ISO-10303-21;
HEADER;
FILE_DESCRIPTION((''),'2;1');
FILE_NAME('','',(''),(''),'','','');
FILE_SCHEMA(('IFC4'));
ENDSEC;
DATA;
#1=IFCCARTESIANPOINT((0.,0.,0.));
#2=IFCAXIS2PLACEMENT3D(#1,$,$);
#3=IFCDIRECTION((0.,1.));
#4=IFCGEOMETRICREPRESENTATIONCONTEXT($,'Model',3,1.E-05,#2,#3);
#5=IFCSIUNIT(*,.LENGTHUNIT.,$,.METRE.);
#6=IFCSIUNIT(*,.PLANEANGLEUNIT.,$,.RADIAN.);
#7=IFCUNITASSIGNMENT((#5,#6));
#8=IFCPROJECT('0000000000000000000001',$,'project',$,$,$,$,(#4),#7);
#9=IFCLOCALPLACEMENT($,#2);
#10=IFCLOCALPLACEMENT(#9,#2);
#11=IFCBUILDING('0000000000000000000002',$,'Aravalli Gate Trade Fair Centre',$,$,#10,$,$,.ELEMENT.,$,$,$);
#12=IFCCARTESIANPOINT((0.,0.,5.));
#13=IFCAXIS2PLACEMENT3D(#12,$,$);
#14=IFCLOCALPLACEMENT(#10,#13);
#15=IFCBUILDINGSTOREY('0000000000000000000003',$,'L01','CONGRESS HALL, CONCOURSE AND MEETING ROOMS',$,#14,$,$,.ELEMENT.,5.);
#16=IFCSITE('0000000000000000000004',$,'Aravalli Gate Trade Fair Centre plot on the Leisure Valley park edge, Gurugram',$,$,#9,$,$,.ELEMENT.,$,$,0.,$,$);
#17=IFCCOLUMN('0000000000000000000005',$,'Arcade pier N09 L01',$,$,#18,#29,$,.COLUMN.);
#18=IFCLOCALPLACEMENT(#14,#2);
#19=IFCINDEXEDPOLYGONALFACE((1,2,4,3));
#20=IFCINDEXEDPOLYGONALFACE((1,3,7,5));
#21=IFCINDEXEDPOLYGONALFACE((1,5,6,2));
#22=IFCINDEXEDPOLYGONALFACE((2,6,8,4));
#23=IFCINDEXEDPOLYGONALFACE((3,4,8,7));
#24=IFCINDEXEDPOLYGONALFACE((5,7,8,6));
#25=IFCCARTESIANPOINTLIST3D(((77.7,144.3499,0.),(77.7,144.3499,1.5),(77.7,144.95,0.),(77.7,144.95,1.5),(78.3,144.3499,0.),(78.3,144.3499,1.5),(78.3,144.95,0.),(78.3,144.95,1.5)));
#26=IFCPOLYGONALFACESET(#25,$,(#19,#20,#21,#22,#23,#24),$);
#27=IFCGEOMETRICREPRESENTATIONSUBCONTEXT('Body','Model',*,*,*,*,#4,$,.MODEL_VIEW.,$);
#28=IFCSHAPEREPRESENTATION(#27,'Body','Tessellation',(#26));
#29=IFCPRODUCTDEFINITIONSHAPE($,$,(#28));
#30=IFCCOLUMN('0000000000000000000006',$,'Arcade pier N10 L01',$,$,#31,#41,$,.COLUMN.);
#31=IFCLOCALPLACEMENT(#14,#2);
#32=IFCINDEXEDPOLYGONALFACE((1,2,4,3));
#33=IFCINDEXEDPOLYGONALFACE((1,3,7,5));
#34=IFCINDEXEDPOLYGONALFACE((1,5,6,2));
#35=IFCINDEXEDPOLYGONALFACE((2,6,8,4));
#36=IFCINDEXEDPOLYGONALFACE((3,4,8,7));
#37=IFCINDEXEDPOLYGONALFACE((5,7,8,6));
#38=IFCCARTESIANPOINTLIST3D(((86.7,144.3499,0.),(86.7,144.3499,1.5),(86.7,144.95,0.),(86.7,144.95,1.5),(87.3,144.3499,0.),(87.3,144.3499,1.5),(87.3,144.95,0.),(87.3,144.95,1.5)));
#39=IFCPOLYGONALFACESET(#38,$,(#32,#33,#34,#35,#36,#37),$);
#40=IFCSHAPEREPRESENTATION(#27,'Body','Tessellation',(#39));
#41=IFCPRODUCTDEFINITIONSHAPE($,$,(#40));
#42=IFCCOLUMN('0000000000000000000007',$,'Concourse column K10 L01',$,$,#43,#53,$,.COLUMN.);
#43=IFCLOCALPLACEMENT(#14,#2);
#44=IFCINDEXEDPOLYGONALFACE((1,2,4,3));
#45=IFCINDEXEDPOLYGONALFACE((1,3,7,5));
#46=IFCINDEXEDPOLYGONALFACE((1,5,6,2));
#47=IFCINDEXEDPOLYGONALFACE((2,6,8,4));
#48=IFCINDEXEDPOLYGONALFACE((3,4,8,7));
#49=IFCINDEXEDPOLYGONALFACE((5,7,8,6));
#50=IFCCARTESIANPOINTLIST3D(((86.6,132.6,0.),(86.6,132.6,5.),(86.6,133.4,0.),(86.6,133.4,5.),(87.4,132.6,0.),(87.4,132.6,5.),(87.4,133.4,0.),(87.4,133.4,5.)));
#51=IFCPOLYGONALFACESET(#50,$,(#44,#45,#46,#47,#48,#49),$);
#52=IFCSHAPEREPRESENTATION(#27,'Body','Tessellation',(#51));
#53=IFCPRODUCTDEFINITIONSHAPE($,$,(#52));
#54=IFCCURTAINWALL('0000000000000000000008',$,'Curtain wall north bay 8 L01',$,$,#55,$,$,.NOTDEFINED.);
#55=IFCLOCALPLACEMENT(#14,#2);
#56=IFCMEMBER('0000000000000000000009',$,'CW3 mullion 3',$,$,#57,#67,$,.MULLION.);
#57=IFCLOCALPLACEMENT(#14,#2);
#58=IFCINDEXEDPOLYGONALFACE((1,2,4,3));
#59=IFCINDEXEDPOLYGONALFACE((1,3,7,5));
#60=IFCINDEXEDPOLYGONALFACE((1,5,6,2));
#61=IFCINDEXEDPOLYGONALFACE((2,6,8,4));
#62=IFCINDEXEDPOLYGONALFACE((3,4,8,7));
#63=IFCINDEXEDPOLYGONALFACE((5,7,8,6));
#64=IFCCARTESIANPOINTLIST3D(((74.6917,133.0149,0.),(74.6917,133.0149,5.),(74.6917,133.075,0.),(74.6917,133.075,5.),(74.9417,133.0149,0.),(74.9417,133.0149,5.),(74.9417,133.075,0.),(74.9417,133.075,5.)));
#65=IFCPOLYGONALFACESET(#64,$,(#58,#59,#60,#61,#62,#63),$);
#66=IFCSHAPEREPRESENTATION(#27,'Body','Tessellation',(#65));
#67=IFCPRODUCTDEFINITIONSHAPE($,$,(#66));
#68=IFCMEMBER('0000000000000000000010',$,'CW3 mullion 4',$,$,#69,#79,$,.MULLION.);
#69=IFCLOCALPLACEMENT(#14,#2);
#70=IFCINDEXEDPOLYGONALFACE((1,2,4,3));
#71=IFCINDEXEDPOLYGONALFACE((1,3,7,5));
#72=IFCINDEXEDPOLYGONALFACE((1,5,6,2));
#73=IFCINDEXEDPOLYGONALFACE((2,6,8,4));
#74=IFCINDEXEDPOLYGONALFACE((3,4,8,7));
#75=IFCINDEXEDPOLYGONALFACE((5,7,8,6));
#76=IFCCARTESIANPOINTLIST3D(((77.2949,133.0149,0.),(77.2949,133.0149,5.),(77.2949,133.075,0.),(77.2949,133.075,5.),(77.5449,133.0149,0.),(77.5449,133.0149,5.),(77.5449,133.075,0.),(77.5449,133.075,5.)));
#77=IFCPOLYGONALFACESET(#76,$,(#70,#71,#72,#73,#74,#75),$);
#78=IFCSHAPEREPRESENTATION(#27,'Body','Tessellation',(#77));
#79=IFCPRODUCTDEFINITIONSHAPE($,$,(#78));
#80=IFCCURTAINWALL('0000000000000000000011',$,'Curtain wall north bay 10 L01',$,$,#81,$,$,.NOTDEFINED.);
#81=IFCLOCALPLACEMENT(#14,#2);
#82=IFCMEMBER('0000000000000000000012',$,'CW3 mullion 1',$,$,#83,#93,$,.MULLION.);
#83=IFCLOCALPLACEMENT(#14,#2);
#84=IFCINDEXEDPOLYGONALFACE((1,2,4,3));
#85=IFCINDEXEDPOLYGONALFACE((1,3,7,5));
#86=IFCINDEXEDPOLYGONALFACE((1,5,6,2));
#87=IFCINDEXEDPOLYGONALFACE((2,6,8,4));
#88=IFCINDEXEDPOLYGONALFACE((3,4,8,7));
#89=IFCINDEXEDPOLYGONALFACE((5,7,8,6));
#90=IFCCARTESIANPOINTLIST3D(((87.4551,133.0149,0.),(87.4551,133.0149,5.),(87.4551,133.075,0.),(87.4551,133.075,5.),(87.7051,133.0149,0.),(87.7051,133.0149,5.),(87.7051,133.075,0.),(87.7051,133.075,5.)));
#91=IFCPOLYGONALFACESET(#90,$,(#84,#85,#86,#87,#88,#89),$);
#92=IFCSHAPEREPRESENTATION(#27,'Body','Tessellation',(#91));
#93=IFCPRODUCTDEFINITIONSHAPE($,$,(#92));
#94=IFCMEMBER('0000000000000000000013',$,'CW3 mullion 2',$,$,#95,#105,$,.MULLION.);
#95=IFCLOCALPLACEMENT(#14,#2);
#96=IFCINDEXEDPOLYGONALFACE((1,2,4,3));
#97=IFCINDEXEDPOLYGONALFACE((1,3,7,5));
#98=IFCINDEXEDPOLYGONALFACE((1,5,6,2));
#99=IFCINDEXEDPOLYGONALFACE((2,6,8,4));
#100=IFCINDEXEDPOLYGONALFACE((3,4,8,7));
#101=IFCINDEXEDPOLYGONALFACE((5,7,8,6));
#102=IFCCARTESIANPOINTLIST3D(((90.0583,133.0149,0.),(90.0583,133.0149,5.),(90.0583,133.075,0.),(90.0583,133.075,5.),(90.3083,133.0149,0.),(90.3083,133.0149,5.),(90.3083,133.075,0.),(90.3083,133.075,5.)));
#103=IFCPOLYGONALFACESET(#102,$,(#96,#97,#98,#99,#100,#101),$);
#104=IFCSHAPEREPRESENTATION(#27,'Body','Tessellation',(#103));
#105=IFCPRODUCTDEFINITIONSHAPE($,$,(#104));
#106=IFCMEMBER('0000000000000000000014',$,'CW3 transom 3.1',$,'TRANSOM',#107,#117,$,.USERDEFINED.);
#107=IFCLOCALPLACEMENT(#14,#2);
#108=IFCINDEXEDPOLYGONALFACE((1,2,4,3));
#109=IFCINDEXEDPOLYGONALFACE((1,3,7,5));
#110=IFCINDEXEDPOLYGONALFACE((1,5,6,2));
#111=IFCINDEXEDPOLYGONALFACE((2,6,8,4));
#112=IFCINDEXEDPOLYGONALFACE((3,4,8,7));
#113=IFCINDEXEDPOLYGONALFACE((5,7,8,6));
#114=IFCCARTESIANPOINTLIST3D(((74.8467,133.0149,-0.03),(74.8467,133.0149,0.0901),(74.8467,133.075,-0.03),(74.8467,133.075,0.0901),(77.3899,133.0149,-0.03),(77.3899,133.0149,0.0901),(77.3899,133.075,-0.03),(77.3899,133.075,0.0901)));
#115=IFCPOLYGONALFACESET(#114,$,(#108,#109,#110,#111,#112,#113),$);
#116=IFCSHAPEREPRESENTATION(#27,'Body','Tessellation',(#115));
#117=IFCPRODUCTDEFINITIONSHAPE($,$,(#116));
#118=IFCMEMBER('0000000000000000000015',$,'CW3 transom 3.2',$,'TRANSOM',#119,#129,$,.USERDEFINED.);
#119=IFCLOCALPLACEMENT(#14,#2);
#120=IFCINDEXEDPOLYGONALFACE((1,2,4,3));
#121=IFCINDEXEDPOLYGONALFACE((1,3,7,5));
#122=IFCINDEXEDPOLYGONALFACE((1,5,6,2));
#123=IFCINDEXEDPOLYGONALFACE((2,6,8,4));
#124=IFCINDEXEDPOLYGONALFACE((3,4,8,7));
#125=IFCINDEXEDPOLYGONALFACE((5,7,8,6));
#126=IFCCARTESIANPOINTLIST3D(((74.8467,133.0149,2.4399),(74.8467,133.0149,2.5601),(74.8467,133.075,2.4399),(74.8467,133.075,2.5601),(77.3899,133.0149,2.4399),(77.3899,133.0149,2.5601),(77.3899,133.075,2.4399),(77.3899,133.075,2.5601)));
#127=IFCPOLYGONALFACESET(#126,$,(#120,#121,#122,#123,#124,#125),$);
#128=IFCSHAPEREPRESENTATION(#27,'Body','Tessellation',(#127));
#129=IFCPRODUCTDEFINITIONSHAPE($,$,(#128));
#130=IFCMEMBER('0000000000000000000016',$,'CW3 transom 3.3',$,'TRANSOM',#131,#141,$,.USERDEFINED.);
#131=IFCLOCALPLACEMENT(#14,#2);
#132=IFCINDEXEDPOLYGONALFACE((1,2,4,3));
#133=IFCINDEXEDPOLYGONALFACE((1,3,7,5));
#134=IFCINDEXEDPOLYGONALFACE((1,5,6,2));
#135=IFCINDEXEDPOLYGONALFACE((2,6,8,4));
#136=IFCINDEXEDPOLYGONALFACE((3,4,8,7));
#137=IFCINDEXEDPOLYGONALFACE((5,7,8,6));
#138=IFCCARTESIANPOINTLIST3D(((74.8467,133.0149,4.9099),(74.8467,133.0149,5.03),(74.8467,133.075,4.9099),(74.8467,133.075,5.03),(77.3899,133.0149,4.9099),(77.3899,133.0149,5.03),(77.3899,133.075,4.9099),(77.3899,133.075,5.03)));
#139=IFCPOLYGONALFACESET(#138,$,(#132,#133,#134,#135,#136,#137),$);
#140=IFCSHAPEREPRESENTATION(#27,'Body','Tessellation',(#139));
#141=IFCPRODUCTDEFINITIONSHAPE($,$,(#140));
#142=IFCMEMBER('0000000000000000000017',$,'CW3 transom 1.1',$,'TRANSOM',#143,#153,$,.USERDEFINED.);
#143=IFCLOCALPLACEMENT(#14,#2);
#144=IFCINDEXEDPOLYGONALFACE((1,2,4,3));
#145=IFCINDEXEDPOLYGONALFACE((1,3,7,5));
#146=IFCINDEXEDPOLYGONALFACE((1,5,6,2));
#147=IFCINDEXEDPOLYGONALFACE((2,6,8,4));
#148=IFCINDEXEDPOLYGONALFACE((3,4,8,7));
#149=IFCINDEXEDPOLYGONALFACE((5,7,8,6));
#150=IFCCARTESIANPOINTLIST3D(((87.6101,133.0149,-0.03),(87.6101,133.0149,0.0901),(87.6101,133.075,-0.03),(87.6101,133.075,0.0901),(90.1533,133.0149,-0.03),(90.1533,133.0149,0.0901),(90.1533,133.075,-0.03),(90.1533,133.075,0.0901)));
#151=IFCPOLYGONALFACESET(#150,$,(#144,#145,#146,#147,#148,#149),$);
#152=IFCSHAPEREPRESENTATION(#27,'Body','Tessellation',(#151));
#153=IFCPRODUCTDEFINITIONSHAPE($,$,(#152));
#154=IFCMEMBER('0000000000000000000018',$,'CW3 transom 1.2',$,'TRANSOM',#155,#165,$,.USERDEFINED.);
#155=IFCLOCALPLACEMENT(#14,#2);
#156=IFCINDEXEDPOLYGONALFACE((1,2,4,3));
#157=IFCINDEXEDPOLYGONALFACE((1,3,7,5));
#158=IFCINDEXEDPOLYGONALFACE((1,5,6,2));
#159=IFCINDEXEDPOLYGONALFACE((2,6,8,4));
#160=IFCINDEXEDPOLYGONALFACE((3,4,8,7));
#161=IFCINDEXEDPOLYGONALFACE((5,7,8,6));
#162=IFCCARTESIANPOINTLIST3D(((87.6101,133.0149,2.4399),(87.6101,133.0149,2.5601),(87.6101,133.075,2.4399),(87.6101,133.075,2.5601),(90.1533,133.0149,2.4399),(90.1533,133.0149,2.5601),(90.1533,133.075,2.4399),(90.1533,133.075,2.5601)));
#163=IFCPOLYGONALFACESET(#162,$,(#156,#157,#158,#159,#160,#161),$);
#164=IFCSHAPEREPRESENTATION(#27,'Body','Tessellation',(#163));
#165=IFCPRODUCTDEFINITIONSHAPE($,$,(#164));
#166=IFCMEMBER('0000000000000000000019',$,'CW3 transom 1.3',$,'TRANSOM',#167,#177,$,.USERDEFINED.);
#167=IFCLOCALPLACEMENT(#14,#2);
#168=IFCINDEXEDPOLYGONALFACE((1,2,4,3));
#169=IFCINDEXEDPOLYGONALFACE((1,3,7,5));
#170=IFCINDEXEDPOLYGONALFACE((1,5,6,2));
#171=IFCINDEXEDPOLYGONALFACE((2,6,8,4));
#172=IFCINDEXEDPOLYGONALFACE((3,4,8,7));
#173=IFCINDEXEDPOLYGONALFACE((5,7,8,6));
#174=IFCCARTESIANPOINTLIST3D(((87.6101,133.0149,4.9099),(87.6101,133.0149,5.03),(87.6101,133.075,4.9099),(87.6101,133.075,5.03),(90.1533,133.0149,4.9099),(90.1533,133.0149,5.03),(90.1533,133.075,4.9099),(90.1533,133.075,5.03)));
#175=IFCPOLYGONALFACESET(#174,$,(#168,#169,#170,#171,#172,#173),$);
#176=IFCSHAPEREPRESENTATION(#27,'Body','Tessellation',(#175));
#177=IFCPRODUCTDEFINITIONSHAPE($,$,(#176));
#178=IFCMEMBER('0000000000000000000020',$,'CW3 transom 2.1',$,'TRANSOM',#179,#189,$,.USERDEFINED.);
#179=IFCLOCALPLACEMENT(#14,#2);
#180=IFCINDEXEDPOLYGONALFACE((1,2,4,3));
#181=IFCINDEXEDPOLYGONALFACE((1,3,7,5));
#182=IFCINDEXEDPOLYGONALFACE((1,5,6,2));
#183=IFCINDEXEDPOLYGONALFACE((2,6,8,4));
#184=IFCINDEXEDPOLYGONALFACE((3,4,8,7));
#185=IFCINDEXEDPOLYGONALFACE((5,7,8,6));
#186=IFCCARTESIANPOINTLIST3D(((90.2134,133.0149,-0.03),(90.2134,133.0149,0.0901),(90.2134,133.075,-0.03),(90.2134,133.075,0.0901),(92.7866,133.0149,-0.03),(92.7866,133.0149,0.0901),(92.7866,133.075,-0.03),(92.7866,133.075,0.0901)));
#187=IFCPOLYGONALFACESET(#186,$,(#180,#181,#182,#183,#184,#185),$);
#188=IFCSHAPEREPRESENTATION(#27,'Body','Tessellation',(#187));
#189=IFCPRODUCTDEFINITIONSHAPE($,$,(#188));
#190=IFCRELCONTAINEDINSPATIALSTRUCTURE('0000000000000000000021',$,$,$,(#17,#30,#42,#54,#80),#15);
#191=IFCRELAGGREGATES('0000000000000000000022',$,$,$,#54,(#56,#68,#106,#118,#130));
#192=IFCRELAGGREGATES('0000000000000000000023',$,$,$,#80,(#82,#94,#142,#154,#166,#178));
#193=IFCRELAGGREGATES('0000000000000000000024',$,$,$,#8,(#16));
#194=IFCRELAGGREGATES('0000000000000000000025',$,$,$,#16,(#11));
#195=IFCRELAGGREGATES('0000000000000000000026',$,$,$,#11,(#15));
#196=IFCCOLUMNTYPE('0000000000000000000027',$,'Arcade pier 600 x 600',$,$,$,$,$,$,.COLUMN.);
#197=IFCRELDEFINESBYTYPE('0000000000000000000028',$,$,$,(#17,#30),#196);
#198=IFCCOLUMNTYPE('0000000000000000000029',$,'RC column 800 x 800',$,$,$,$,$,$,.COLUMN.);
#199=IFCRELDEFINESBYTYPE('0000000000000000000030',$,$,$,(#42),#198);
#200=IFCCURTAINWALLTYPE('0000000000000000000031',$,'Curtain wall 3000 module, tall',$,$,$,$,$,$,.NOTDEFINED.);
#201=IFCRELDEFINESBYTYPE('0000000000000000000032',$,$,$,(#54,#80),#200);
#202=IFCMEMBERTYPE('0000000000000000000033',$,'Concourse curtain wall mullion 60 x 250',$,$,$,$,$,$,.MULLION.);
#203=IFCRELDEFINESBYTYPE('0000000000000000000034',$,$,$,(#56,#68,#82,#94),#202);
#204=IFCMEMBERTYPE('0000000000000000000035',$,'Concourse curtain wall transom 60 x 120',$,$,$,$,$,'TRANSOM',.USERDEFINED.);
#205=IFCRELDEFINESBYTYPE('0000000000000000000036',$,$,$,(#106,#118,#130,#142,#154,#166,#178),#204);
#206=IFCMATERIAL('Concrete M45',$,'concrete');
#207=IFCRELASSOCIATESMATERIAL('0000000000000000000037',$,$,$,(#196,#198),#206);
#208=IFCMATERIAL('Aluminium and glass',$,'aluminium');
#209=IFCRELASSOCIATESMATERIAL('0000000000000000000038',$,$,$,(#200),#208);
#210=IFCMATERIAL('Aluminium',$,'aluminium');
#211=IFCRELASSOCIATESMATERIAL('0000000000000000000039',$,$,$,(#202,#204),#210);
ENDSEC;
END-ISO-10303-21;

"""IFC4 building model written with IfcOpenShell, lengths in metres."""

from ifc_helpers import new_model, si_unit, direction, frame, origin, origin_2d, place, context, subcontext, project, spatial, rectangle, extrude, material, material_profile, profile_set, type_object, element, aggregate, save


model = new_model("IFC4")

# Units and contexts
model_context = context("Model", 3, precision=1e-05, world=origin(), true_north=direction((0.0, 1.0)))
body_context = subcontext(model_context, "Body", "Model", "MODEL_VIEW")
ifc_project = project(units=[si_unit("LENGTHUNIT", "METRE"), si_unit("PLANEANGLEUNIT", "RADIAN")], contexts=[model_context])

# Site, building, storey
site_placement = place(None, origin())
site = spatial("IfcSite", under=ifc_project, at=site_placement, Name="Aravalli Gate Trade Fair Centre plot on the Leisure Valley park edge, Gurugram", CompositionType="ELEMENT", RefElevation=0.0)
building_placement = place(site_placement, origin())
building = spatial("IfcBuilding", under=site, at=building_placement, Name="Aravalli Gate Trade Fair Centre", CompositionType="ELEMENT")
storey_placement = place(building_placement, frame((0.0, 0.0, 5.0)))
storey = spatial("IfcBuildingStorey", under=building, at=storey_placement, Name="L01", Description="CONGRESS HALL, CONCOURSE AND MEETING ROOMS", CompositionType="ELEMENT", Elevation=5.0)

# Columns
ifc_material_1 = material(Name="Concrete M45", Category="concrete")
ifc_material_profile_1 = material_profile(ifc_material_1, rectangle(XDim=0.6001, YDim=0.6001, at=origin_2d()), Name="Arcade pier 600 x 600")
ifc_profile_set_1 = profile_set([ifc_material_profile_1], Name="Concrete M45")
column_type_1 = type_object("IfcColumnType", Name="Arcade pier 600 x 600", PredefinedType="COLUMN", material=ifc_profile_set_1)
for number, where, z_axis, x_axis, name in (
    (1, (78.0, 144.6499, 0.0), (0.0, 0.0, 1.0), (1.0, 0.0, 0.0), "Arcade pier N09 L01"),
    (2, (87.0, 144.6499, 0.0), (0.0, 0.0, 1.0), (1.0, 0.0, 0.0), "Arcade pier N10 L01"),
):
    element("IfcColumn", number, at=place(storey_placement, frame(where, z_axis=z_axis, x_axis=x_axis)), inside=storey, type_object=column_type_1, Name=name, PredefinedType="COLUMN", context=body_context, shape_type="SweptSolid", body=[
        extrude(rectangle(XDim=0.6001, YDim=0.6001, at=origin_2d()), origin(), (0.0, 0.0, 1.0), 1.5),
    ])
ifc_material_profile_2 = material_profile(ifc_material_1, rectangle(XDim=0.8, YDim=0.8, at=origin_2d()), Name="RC column 800 x 800")
ifc_profile_set_2 = profile_set([ifc_material_profile_2], Name="Concrete M45")
column_type_2 = type_object("IfcColumnType", Name="RC column 800 x 800", PredefinedType="COLUMN", material=ifc_profile_set_2)
column_placement = place(storey_placement, frame((87.0, 133.0, 0.0), z_axis=(0.0, 0.0, 1.0), x_axis=(1.0, 0.0, 0.0)))
element("IfcColumn", 3, at=column_placement, inside=storey, type_object=column_type_2, Name="Concourse column K10 L01", PredefinedType="COLUMN", context=body_context, shape_type="SweptSolid", body=[
    extrude(rectangle(XDim=0.8, YDim=0.8, at=origin_2d()), origin(), (0.0, 0.0, 1.0), 5.0),
])

# Curtain walls, members
ifc_material_2 = material(Name="Aluminium and glass", Category="aluminium")
curtain_wall_type = type_object("IfcCurtainWallType", Name="Curtain wall 3000 module, tall", PredefinedType="NOTDEFINED", material=ifc_material_2)
curtain_wall_1_placement = place(storey_placement, origin())
curtain_wall_1 = element("IfcCurtainWall", 4, at=curtain_wall_1_placement, inside=storey, type_object=curtain_wall_type, Name="Curtain wall north bay 8 L01", PredefinedType="NOTDEFINED")
ifc_material_3 = material(Name="Aluminium", Category="aluminium")
ifc_material_profile_3 = material_profile(ifc_material_3, rectangle(XDim=0.0601, YDim=0.25, at=origin_2d()), Name="Concourse curtain wall mullion 60 x 250")
ifc_profile_set_3 = profile_set([ifc_material_profile_3], Name="Aluminium")
member_type_1 = type_object("IfcMemberType", Name="Concourse curtain wall mullion 60 x 250", PredefinedType="MULLION", material=ifc_profile_set_3)
member_1_placement = place(storey_placement, frame((74.8167, 133.0449, 0.0), z_axis=(0.0, 0.0, 1.0), x_axis=(0.0, 1.0, 0.0)))
member_1 = element("IfcMember", 5, at=member_1_placement, type_object=member_type_1, Name="CW3 mullion 3", PredefinedType="MULLION", context=body_context, shape_type="SweptSolid", body=[
    extrude(rectangle(XDim=0.0601, YDim=0.25, at=origin_2d()), origin(), (0.0, 0.0, 1.0), 5.0),
])
member_2_placement = place(storey_placement, frame((77.4199, 133.0449, 0.0), z_axis=(0.0, 0.0, 1.0), x_axis=(0.0, 1.0, 0.0)))
member_2 = element("IfcMember", 6, at=member_2_placement, type_object=member_type_1, Name="CW3 mullion 4", PredefinedType="MULLION", context=body_context, shape_type="SweptSolid", body=[
    extrude(rectangle(XDim=0.0601, YDim=0.25, at=origin_2d()), origin(), (0.0, 0.0, 1.0), 5.0),
])
curtain_wall_2_placement = place(storey_placement, origin())
curtain_wall_2 = element("IfcCurtainWall", 7, at=curtain_wall_2_placement, inside=storey, type_object=curtain_wall_type, Name="Curtain wall north bay 10 L01", PredefinedType="NOTDEFINED")
member_3_placement = place(storey_placement, frame((87.5801, 133.0449, 0.0), z_axis=(0.0, 0.0, 1.0), x_axis=(0.0, 1.0, 0.0)))
member_3 = element("IfcMember", 8, at=member_3_placement, type_object=member_type_1, Name="CW3 mullion 1", PredefinedType="MULLION", context=body_context, shape_type="SweptSolid", body=[
    extrude(rectangle(XDim=0.0601, YDim=0.25, at=origin_2d()), origin(), (0.0, 0.0, 1.0), 5.0),
])
member_4_placement = place(storey_placement, frame((90.1833, 133.0449, 0.0), z_axis=(0.0, 0.0, 1.0), x_axis=(0.0, 1.0, 0.0)))
member_4 = element("IfcMember", 9, at=member_4_placement, type_object=member_type_1, Name="CW3 mullion 2", PredefinedType="MULLION", context=body_context, shape_type="SweptSolid", body=[
    extrude(rectangle(XDim=0.0601, YDim=0.25, at=origin_2d()), origin(), (0.0, 0.0, 1.0), 5.0),
])

# Members
ifc_material_profile_4 = material_profile(ifc_material_3, rectangle(XDim=0.0601, YDim=0.1201, at=origin_2d()), Name="Concourse curtain wall transom 60 x 120")
ifc_profile_set_4 = profile_set([ifc_material_profile_4], Name="Aluminium")
member_type_2 = type_object("IfcMemberType", Name="Concourse curtain wall transom 60 x 120", ElementType="TRANSOM", PredefinedType="USERDEFINED", material=ifc_profile_set_4)
member_5_placement = place(storey_placement, frame((74.8467, 133.0449, 0.03), z_axis=(1.0, 0.0, 0.0), x_axis=(0.0, 1.0, 0.0)))
member_5 = element("IfcMember", 10, at=member_5_placement, type_object=member_type_2, Name="CW3 transom 3.1", ObjectType="TRANSOM", PredefinedType="USERDEFINED", context=body_context, shape_type="SweptSolid", body=[
    extrude(rectangle(XDim=0.0601, YDim=0.1201, at=origin_2d()), origin(), (0.0, 0.0, 1.0), 2.5432),
])
member_6_placement = place(storey_placement, frame((74.8467, 133.0449, 2.5), z_axis=(1.0, 0.0, 0.0), x_axis=(0.0, 1.0, 0.0)))
member_6 = element("IfcMember", 11, at=member_6_placement, type_object=member_type_2, Name="CW3 transom 3.2", ObjectType="TRANSOM", PredefinedType="USERDEFINED", context=body_context, shape_type="SweptSolid", body=[
    extrude(rectangle(XDim=0.0601, YDim=0.1201, at=origin_2d()), origin(), (0.0, 0.0, 1.0), 2.5432),
])
member_7_placement = place(storey_placement, frame((74.8467, 133.0449, 4.97), z_axis=(1.0, 0.0, 0.0), x_axis=(0.0, 1.0, 0.0)))
member_7 = element("IfcMember", 12, at=member_7_placement, type_object=member_type_2, Name="CW3 transom 3.3", ObjectType="TRANSOM", PredefinedType="USERDEFINED", context=body_context, shape_type="SweptSolid", body=[
    extrude(rectangle(XDim=0.0601, YDim=0.1201, at=origin_2d()), origin(), (0.0, 0.0, 1.0), 2.5432),
])
member_8_placement = place(storey_placement, frame((87.6101, 133.0449, 0.03), z_axis=(1.0, 0.0, 0.0), x_axis=(0.0, 1.0, 0.0)))
member_8 = element("IfcMember", 13, at=member_8_placement, type_object=member_type_2, Name="CW3 transom 1.1", ObjectType="TRANSOM", PredefinedType="USERDEFINED", context=body_context, shape_type="SweptSolid", body=[
    extrude(rectangle(XDim=0.0601, YDim=0.1201, at=origin_2d()), origin(), (0.0, 0.0, 1.0), 2.5432),
])
member_9_placement = place(storey_placement, frame((87.6101, 133.0449, 2.5), z_axis=(1.0, 0.0, 0.0), x_axis=(0.0, 1.0, 0.0)))
member_9 = element("IfcMember", 14, at=member_9_placement, type_object=member_type_2, Name="CW3 transom 1.2", ObjectType="TRANSOM", PredefinedType="USERDEFINED", context=body_context, shape_type="SweptSolid", body=[
    extrude(rectangle(XDim=0.0601, YDim=0.1201, at=origin_2d()), origin(), (0.0, 0.0, 1.0), 2.5432),
])
member_10_placement = place(storey_placement, frame((87.6101, 133.0449, 4.97), z_axis=(1.0, 0.0, 0.0), x_axis=(0.0, 1.0, 0.0)))
member_10 = element("IfcMember", 15, at=member_10_placement, type_object=member_type_2, Name="CW3 transom 1.3", ObjectType="TRANSOM", PredefinedType="USERDEFINED", context=body_context, shape_type="SweptSolid", body=[
    extrude(rectangle(XDim=0.0601, YDim=0.1201, at=origin_2d()), origin(), (0.0, 0.0, 1.0), 2.5432),
])
member_11_placement = place(storey_placement, frame((90.2134, 133.0449, 0.03), z_axis=(1.0, 0.0, 0.0), x_axis=(0.0, 1.0, 0.0)))
member_11 = element("IfcMember", 16, at=member_11_placement, type_object=member_type_2, Name="CW3 transom 2.1", ObjectType="TRANSOM", PredefinedType="USERDEFINED", context=body_context, shape_type="SweptSolid", body=[
    extrude(rectangle(XDim=0.0601, YDim=0.1201, at=origin_2d()), origin(), (0.0, 0.0, 1.0), 2.5732),
])

aggregate(curtain_wall_1, [member_1, member_2, member_5, member_6, member_7])
aggregate(curtain_wall_2, [member_3, member_4, member_8, member_9, member_10, member_11])

save(model, "model.ifc")
